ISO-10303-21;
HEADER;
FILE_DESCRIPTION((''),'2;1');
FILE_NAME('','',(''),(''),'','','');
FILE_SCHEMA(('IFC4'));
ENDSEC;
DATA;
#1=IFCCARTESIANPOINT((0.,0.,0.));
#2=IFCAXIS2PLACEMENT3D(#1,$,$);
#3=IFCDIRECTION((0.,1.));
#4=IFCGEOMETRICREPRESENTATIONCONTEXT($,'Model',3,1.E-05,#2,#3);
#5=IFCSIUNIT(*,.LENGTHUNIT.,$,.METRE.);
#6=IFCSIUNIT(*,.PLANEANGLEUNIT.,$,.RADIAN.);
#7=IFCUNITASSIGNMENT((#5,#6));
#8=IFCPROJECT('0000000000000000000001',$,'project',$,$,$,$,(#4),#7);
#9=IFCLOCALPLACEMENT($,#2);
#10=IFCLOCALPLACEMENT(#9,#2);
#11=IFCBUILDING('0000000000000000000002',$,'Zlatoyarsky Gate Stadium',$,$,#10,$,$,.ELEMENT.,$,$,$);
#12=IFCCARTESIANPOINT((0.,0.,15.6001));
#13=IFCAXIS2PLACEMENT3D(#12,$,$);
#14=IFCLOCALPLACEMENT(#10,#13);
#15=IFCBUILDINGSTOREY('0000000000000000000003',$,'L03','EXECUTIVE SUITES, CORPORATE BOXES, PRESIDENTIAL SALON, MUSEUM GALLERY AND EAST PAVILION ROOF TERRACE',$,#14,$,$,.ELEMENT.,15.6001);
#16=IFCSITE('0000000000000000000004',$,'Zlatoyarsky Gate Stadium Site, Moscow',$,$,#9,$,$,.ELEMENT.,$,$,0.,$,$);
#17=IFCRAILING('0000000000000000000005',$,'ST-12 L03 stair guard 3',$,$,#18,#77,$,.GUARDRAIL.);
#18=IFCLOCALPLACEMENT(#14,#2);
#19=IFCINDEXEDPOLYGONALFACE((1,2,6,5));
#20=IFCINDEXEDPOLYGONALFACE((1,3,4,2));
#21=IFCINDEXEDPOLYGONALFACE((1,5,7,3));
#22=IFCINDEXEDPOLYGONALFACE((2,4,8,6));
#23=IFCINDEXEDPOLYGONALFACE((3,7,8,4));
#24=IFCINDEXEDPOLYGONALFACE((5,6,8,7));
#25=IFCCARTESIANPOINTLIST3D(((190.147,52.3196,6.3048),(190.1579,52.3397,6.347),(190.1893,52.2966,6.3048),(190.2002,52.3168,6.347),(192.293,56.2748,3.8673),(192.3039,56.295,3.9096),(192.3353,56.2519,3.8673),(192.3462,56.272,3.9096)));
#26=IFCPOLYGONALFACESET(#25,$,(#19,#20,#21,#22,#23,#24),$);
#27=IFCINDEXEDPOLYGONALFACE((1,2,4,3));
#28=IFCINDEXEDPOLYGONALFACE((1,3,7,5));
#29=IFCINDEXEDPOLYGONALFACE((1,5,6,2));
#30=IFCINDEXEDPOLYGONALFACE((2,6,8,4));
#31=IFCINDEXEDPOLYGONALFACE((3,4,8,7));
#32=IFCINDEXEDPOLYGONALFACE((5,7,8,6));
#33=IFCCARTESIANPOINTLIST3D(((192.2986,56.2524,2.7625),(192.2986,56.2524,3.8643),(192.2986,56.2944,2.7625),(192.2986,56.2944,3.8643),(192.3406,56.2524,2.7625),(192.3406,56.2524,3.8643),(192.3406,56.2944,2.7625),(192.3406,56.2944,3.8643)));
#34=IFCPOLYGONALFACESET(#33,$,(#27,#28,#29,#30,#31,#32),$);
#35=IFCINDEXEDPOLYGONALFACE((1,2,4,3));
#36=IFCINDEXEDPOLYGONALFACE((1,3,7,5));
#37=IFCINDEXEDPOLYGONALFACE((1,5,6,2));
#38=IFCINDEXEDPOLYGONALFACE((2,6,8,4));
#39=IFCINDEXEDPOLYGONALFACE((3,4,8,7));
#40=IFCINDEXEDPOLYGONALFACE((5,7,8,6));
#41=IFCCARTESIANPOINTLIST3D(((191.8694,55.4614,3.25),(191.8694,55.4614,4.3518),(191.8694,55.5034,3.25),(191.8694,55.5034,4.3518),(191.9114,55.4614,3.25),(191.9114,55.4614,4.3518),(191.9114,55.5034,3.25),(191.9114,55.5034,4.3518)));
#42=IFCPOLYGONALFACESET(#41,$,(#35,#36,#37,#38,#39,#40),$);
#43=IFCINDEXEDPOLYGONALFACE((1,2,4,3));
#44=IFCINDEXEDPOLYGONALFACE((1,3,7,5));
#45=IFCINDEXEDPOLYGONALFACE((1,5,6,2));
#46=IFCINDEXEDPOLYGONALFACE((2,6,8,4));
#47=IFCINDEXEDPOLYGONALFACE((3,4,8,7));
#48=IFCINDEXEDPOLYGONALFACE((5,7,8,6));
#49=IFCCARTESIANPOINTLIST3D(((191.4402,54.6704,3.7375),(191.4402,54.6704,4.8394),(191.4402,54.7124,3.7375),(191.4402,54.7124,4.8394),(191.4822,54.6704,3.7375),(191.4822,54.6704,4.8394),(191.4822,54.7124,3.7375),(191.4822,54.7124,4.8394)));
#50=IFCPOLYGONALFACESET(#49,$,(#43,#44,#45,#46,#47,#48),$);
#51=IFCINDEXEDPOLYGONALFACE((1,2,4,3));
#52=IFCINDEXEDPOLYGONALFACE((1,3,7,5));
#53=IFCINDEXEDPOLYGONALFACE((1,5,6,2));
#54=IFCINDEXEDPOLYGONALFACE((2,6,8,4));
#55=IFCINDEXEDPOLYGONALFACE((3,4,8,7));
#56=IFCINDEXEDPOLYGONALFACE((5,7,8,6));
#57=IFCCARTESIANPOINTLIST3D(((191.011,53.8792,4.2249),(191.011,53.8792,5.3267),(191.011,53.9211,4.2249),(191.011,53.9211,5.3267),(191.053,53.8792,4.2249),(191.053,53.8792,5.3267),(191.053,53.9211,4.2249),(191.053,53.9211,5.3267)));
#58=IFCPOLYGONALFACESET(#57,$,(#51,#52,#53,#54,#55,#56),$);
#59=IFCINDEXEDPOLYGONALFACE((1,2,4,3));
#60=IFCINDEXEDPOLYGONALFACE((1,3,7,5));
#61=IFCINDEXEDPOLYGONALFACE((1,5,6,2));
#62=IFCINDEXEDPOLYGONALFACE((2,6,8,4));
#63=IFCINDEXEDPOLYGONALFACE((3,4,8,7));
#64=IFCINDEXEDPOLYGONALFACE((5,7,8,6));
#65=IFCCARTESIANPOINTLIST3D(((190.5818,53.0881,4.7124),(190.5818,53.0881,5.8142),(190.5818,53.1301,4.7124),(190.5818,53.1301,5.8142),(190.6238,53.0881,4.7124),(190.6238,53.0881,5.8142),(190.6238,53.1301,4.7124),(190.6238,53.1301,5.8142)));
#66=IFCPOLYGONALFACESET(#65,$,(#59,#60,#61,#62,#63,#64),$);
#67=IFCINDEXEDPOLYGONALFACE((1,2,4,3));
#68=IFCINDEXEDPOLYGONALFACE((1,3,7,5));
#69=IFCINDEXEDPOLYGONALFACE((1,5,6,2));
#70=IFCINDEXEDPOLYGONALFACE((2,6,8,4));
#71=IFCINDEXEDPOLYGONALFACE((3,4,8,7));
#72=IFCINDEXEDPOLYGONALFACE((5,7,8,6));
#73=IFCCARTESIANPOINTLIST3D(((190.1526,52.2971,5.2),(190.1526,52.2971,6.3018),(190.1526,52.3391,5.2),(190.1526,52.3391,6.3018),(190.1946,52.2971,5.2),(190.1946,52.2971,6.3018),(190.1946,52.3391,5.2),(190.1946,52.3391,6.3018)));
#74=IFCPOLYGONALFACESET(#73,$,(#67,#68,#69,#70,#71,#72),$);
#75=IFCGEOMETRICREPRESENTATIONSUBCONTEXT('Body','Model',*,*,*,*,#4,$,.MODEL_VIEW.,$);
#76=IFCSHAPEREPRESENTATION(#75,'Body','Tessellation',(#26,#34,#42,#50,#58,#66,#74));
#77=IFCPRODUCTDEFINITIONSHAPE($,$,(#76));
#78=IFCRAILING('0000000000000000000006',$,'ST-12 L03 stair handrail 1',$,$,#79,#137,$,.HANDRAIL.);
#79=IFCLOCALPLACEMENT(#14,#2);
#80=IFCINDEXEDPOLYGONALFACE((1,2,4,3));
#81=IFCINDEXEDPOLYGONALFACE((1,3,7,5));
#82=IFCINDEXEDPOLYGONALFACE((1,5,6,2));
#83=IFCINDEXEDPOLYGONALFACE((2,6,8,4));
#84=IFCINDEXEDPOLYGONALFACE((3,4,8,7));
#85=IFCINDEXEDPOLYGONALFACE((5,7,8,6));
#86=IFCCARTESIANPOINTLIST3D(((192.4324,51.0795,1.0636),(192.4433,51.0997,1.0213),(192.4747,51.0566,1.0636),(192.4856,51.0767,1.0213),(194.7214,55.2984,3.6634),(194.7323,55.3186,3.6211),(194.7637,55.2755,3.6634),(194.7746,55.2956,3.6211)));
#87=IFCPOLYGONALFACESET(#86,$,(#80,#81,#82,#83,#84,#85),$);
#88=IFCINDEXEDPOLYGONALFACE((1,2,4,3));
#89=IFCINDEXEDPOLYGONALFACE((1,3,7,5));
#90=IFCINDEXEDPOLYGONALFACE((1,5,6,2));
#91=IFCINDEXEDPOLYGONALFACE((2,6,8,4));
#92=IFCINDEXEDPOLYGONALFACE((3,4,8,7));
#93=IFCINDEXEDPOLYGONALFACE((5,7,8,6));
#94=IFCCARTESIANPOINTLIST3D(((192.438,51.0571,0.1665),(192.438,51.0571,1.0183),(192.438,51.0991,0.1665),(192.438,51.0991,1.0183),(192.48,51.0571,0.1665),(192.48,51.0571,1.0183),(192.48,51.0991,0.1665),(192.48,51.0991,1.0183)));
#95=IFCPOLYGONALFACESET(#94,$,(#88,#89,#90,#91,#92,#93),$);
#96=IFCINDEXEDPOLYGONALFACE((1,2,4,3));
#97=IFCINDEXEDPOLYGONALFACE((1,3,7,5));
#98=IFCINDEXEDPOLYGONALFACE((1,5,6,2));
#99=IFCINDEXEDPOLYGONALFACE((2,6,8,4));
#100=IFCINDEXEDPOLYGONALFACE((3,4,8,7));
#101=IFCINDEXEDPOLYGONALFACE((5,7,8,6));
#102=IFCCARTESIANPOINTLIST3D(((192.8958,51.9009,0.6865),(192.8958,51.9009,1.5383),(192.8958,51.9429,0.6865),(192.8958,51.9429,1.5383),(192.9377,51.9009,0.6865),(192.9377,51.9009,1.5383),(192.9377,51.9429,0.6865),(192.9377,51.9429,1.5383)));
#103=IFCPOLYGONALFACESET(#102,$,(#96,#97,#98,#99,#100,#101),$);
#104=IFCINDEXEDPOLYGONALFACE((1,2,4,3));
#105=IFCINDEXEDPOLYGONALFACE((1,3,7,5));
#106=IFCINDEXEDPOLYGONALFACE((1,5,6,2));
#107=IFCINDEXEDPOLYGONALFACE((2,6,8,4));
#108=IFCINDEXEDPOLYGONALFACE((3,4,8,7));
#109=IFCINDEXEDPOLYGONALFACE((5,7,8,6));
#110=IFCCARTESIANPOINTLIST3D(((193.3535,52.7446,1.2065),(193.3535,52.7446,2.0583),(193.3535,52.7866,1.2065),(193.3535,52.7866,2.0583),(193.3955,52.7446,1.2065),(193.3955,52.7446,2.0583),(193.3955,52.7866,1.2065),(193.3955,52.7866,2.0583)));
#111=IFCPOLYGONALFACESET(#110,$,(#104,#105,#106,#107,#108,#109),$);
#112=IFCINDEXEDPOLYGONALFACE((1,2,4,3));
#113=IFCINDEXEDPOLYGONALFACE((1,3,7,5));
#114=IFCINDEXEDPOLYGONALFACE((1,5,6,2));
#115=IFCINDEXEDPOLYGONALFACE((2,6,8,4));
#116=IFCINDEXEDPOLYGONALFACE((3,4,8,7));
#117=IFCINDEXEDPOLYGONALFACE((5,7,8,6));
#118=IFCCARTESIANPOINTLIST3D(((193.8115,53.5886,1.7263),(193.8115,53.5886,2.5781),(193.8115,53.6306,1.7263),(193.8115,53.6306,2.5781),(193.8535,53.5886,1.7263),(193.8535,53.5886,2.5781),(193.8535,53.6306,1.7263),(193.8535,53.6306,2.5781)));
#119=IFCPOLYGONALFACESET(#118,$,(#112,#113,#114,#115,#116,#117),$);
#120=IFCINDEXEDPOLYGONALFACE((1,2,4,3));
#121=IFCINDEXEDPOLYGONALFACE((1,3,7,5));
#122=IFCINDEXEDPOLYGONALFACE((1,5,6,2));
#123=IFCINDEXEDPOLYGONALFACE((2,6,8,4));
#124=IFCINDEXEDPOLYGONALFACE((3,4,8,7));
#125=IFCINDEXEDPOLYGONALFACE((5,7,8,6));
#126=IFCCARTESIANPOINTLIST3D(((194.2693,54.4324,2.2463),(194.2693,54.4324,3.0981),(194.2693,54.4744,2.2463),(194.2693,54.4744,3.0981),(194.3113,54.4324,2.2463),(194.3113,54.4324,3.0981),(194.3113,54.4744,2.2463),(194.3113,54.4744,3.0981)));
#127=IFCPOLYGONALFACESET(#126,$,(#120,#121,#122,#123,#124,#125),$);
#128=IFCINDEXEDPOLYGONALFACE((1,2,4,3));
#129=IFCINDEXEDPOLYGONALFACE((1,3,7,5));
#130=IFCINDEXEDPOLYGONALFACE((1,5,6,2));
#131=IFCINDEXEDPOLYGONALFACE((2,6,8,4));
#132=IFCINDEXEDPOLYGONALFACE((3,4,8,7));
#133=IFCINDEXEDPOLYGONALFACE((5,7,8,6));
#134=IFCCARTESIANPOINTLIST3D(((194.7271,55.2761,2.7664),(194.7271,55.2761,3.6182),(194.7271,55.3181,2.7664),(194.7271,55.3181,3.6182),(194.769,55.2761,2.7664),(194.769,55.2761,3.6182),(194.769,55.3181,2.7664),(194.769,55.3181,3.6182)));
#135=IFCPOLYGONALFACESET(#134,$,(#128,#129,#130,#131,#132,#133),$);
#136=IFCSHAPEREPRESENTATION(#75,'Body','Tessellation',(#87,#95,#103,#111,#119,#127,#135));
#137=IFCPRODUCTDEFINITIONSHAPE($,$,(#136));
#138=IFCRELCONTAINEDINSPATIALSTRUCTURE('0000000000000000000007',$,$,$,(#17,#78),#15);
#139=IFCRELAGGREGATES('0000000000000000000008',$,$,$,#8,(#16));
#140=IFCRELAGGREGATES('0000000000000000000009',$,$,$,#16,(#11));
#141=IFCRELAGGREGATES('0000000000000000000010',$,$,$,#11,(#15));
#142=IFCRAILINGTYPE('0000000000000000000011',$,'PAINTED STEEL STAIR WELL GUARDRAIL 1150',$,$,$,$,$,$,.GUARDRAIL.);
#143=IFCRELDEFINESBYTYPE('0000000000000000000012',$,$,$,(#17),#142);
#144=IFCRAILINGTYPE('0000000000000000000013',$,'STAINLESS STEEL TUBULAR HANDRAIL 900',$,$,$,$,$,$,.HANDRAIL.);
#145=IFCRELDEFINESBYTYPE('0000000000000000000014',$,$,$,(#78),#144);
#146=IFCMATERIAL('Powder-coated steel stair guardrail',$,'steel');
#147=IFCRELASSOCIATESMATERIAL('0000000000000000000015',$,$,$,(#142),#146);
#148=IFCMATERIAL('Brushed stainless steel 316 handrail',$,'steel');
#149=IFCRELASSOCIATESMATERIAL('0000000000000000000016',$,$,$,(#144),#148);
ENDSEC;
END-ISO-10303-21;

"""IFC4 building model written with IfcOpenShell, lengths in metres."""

from ifc_helpers import new_model, si_unit, direction, frame, origin, origin_2d, place, context, subcontext, project, spatial, rectangle, extrude, material, type_object, element, save


model = new_model("IFC4")

# Units and contexts
model_context = context("Model", 3, precision=1e-05, world=origin(), true_north=direction((0.0, 1.0)))
body_context = subcontext(model_context, "Body", "Model", "MODEL_VIEW")
ifc_project = project(units=[si_unit("LENGTHUNIT", "METRE"), si_unit("PLANEANGLEUNIT", "RADIAN")], contexts=[model_context])

# Site, building, storey
site_placement = place(None, origin())
site = spatial("IfcSite", under=ifc_project, at=site_placement, Name="Zlatoyarsky Gate Stadium Site, Moscow", CompositionType="ELEMENT", RefElevation=0.0)
building_placement = place(site_placement, origin())
building = spatial("IfcBuilding", under=site, at=building_placement, Name="Zlatoyarsky Gate Stadium", CompositionType="ELEMENT")
storey_placement = place(building_placement, frame((0.0, 0.0, 15.6001)))
storey = spatial("IfcBuildingStorey", under=building, at=storey_placement, Name="L03", Description="EXECUTIVE SUITES, CORPORATE BOXES, PRESIDENTIAL SALON, MUSEUM GALLERY AND EAST PAVILION ROOF TERRACE", CompositionType="ELEMENT", Elevation=15.6001)

# Railings
ifc_material_1 = material(Name="Powder-coated steel stair guardrail", Category="steel")
railing_type_1 = type_object("IfcRailingType", Name="PAINTED STEEL STAIR WELL GUARDRAIL 1150", PredefinedType="GUARDRAIL", material=ifc_material_1)
railing_1_placement = place(storey_placement, frame((192.3196, 56.2734, 2.7625)))
element("IfcRailing", 1, at=railing_1_placement, inside=storey, type_object=railing_type_1, Name="ST-12 L03 stair guard 3", PredefinedType="GUARDRAIL", context=body_context, shape_type="SweptSolid", body=[
    extrude(rectangle(XDim=0.0481, YDim=0.0481, at=origin_2d()), frame((0.0, 0.0, 1.126), z_axis=(-0.419325, -0.772865, 0.476284), x_axis=(0.878963, -0.47689, 0.0)), (0.0, 0.0, 1.0), 5.1177),
    extrude(rectangle(XDim=0.042, YDim=0.042, at=origin_2d()), origin(), (0.0, 0.0, 1.0), 1.1018),
    extrude(rectangle(XDim=0.042, YDim=0.042, at=origin_2d()), frame((-0.4292, -0.791, 0.4875)), (0.0, 0.0, 1.0), 1.1018),
    extrude(rectangle(XDim=0.042, YDim=0.042, at=origin_2d()), frame((-0.8584, -1.582, 0.9751)), (0.0, 0.0, 1.0), 1.1018),
    extrude(rectangle(XDim=0.042, YDim=0.042, at=origin_2d()), frame((-1.2876, -2.3733, 1.4624)), (0.0, 0.0, 1.0), 1.1018),
    extrude(rectangle(XDim=0.042, YDim=0.042, at=origin_2d()), frame((-1.7168, -3.1643, 1.95)), (0.0, 0.0, 1.0), 1.1018),
    extrude(rectangle(XDim=0.042, YDim=0.042, at=origin_2d()), frame((-2.146, -3.9553, 2.4375)), (0.0, 0.0, 1.0), 1.1018),
])
ifc_material_2 = material(Name="Brushed stainless steel 316 handrail", Category="steel")
railing_type_2 = type_object("IfcRailingType", Name="STAINLESS STEEL TUBULAR HANDRAIL 900", PredefinedType="HANDRAIL", material=ifc_material_2)
railing_2_placement = place(storey_placement, frame((192.459, 51.0781, 0.1665)))
element("IfcRailing", 2, at=railing_2_placement, inside=storey, type_object=railing_type_2, Name="ST-12 L03 stair handrail 1", PredefinedType="HANDRAIL", context=body_context, shape_type="SweptSolid", body=[
    extrude(rectangle(XDim=0.0481, YDim=0.0481, at=origin_2d()), frame((0.0, 0.0, 0.876), z_axis=(0.419331, 0.772873, 0.476265), x_axis=(-0.878962, 0.476891, 0.0)), (0.0, 0.0, 1.0), 5.4587),
    extrude(rectangle(XDim=0.042, YDim=0.042, at=origin_2d()), origin(), (0.0, 0.0, 1.0), 0.8518),
    extrude(rectangle(XDim=0.042, YDim=0.042, at=origin_2d()), frame((0.4578, 0.8438, 0.52)), (0.0, 0.0, 1.0), 0.8518),
    extrude(rectangle(XDim=0.042, YDim=0.042, at=origin_2d()), frame((0.9155, 1.6875, 1.04)), (0.0, 0.0, 1.0), 0.8518),
    extrude(rectangle(XDim=0.042, YDim=0.042, at=origin_2d()), frame((1.3735, 2.5315, 1.5598)), (0.0, 0.0, 1.0), 0.8518),
    extrude(rectangle(XDim=0.042, YDim=0.042, at=origin_2d()), frame((1.8313, 3.3752, 2.0798)), (0.0, 0.0, 1.0), 0.8518),
    extrude(rectangle(XDim=0.042, YDim=0.042, at=origin_2d()), frame((2.2891, 4.219, 2.5999)), (0.0, 0.0, 1.0), 0.8518),
])

save(model, "model.ifc")
